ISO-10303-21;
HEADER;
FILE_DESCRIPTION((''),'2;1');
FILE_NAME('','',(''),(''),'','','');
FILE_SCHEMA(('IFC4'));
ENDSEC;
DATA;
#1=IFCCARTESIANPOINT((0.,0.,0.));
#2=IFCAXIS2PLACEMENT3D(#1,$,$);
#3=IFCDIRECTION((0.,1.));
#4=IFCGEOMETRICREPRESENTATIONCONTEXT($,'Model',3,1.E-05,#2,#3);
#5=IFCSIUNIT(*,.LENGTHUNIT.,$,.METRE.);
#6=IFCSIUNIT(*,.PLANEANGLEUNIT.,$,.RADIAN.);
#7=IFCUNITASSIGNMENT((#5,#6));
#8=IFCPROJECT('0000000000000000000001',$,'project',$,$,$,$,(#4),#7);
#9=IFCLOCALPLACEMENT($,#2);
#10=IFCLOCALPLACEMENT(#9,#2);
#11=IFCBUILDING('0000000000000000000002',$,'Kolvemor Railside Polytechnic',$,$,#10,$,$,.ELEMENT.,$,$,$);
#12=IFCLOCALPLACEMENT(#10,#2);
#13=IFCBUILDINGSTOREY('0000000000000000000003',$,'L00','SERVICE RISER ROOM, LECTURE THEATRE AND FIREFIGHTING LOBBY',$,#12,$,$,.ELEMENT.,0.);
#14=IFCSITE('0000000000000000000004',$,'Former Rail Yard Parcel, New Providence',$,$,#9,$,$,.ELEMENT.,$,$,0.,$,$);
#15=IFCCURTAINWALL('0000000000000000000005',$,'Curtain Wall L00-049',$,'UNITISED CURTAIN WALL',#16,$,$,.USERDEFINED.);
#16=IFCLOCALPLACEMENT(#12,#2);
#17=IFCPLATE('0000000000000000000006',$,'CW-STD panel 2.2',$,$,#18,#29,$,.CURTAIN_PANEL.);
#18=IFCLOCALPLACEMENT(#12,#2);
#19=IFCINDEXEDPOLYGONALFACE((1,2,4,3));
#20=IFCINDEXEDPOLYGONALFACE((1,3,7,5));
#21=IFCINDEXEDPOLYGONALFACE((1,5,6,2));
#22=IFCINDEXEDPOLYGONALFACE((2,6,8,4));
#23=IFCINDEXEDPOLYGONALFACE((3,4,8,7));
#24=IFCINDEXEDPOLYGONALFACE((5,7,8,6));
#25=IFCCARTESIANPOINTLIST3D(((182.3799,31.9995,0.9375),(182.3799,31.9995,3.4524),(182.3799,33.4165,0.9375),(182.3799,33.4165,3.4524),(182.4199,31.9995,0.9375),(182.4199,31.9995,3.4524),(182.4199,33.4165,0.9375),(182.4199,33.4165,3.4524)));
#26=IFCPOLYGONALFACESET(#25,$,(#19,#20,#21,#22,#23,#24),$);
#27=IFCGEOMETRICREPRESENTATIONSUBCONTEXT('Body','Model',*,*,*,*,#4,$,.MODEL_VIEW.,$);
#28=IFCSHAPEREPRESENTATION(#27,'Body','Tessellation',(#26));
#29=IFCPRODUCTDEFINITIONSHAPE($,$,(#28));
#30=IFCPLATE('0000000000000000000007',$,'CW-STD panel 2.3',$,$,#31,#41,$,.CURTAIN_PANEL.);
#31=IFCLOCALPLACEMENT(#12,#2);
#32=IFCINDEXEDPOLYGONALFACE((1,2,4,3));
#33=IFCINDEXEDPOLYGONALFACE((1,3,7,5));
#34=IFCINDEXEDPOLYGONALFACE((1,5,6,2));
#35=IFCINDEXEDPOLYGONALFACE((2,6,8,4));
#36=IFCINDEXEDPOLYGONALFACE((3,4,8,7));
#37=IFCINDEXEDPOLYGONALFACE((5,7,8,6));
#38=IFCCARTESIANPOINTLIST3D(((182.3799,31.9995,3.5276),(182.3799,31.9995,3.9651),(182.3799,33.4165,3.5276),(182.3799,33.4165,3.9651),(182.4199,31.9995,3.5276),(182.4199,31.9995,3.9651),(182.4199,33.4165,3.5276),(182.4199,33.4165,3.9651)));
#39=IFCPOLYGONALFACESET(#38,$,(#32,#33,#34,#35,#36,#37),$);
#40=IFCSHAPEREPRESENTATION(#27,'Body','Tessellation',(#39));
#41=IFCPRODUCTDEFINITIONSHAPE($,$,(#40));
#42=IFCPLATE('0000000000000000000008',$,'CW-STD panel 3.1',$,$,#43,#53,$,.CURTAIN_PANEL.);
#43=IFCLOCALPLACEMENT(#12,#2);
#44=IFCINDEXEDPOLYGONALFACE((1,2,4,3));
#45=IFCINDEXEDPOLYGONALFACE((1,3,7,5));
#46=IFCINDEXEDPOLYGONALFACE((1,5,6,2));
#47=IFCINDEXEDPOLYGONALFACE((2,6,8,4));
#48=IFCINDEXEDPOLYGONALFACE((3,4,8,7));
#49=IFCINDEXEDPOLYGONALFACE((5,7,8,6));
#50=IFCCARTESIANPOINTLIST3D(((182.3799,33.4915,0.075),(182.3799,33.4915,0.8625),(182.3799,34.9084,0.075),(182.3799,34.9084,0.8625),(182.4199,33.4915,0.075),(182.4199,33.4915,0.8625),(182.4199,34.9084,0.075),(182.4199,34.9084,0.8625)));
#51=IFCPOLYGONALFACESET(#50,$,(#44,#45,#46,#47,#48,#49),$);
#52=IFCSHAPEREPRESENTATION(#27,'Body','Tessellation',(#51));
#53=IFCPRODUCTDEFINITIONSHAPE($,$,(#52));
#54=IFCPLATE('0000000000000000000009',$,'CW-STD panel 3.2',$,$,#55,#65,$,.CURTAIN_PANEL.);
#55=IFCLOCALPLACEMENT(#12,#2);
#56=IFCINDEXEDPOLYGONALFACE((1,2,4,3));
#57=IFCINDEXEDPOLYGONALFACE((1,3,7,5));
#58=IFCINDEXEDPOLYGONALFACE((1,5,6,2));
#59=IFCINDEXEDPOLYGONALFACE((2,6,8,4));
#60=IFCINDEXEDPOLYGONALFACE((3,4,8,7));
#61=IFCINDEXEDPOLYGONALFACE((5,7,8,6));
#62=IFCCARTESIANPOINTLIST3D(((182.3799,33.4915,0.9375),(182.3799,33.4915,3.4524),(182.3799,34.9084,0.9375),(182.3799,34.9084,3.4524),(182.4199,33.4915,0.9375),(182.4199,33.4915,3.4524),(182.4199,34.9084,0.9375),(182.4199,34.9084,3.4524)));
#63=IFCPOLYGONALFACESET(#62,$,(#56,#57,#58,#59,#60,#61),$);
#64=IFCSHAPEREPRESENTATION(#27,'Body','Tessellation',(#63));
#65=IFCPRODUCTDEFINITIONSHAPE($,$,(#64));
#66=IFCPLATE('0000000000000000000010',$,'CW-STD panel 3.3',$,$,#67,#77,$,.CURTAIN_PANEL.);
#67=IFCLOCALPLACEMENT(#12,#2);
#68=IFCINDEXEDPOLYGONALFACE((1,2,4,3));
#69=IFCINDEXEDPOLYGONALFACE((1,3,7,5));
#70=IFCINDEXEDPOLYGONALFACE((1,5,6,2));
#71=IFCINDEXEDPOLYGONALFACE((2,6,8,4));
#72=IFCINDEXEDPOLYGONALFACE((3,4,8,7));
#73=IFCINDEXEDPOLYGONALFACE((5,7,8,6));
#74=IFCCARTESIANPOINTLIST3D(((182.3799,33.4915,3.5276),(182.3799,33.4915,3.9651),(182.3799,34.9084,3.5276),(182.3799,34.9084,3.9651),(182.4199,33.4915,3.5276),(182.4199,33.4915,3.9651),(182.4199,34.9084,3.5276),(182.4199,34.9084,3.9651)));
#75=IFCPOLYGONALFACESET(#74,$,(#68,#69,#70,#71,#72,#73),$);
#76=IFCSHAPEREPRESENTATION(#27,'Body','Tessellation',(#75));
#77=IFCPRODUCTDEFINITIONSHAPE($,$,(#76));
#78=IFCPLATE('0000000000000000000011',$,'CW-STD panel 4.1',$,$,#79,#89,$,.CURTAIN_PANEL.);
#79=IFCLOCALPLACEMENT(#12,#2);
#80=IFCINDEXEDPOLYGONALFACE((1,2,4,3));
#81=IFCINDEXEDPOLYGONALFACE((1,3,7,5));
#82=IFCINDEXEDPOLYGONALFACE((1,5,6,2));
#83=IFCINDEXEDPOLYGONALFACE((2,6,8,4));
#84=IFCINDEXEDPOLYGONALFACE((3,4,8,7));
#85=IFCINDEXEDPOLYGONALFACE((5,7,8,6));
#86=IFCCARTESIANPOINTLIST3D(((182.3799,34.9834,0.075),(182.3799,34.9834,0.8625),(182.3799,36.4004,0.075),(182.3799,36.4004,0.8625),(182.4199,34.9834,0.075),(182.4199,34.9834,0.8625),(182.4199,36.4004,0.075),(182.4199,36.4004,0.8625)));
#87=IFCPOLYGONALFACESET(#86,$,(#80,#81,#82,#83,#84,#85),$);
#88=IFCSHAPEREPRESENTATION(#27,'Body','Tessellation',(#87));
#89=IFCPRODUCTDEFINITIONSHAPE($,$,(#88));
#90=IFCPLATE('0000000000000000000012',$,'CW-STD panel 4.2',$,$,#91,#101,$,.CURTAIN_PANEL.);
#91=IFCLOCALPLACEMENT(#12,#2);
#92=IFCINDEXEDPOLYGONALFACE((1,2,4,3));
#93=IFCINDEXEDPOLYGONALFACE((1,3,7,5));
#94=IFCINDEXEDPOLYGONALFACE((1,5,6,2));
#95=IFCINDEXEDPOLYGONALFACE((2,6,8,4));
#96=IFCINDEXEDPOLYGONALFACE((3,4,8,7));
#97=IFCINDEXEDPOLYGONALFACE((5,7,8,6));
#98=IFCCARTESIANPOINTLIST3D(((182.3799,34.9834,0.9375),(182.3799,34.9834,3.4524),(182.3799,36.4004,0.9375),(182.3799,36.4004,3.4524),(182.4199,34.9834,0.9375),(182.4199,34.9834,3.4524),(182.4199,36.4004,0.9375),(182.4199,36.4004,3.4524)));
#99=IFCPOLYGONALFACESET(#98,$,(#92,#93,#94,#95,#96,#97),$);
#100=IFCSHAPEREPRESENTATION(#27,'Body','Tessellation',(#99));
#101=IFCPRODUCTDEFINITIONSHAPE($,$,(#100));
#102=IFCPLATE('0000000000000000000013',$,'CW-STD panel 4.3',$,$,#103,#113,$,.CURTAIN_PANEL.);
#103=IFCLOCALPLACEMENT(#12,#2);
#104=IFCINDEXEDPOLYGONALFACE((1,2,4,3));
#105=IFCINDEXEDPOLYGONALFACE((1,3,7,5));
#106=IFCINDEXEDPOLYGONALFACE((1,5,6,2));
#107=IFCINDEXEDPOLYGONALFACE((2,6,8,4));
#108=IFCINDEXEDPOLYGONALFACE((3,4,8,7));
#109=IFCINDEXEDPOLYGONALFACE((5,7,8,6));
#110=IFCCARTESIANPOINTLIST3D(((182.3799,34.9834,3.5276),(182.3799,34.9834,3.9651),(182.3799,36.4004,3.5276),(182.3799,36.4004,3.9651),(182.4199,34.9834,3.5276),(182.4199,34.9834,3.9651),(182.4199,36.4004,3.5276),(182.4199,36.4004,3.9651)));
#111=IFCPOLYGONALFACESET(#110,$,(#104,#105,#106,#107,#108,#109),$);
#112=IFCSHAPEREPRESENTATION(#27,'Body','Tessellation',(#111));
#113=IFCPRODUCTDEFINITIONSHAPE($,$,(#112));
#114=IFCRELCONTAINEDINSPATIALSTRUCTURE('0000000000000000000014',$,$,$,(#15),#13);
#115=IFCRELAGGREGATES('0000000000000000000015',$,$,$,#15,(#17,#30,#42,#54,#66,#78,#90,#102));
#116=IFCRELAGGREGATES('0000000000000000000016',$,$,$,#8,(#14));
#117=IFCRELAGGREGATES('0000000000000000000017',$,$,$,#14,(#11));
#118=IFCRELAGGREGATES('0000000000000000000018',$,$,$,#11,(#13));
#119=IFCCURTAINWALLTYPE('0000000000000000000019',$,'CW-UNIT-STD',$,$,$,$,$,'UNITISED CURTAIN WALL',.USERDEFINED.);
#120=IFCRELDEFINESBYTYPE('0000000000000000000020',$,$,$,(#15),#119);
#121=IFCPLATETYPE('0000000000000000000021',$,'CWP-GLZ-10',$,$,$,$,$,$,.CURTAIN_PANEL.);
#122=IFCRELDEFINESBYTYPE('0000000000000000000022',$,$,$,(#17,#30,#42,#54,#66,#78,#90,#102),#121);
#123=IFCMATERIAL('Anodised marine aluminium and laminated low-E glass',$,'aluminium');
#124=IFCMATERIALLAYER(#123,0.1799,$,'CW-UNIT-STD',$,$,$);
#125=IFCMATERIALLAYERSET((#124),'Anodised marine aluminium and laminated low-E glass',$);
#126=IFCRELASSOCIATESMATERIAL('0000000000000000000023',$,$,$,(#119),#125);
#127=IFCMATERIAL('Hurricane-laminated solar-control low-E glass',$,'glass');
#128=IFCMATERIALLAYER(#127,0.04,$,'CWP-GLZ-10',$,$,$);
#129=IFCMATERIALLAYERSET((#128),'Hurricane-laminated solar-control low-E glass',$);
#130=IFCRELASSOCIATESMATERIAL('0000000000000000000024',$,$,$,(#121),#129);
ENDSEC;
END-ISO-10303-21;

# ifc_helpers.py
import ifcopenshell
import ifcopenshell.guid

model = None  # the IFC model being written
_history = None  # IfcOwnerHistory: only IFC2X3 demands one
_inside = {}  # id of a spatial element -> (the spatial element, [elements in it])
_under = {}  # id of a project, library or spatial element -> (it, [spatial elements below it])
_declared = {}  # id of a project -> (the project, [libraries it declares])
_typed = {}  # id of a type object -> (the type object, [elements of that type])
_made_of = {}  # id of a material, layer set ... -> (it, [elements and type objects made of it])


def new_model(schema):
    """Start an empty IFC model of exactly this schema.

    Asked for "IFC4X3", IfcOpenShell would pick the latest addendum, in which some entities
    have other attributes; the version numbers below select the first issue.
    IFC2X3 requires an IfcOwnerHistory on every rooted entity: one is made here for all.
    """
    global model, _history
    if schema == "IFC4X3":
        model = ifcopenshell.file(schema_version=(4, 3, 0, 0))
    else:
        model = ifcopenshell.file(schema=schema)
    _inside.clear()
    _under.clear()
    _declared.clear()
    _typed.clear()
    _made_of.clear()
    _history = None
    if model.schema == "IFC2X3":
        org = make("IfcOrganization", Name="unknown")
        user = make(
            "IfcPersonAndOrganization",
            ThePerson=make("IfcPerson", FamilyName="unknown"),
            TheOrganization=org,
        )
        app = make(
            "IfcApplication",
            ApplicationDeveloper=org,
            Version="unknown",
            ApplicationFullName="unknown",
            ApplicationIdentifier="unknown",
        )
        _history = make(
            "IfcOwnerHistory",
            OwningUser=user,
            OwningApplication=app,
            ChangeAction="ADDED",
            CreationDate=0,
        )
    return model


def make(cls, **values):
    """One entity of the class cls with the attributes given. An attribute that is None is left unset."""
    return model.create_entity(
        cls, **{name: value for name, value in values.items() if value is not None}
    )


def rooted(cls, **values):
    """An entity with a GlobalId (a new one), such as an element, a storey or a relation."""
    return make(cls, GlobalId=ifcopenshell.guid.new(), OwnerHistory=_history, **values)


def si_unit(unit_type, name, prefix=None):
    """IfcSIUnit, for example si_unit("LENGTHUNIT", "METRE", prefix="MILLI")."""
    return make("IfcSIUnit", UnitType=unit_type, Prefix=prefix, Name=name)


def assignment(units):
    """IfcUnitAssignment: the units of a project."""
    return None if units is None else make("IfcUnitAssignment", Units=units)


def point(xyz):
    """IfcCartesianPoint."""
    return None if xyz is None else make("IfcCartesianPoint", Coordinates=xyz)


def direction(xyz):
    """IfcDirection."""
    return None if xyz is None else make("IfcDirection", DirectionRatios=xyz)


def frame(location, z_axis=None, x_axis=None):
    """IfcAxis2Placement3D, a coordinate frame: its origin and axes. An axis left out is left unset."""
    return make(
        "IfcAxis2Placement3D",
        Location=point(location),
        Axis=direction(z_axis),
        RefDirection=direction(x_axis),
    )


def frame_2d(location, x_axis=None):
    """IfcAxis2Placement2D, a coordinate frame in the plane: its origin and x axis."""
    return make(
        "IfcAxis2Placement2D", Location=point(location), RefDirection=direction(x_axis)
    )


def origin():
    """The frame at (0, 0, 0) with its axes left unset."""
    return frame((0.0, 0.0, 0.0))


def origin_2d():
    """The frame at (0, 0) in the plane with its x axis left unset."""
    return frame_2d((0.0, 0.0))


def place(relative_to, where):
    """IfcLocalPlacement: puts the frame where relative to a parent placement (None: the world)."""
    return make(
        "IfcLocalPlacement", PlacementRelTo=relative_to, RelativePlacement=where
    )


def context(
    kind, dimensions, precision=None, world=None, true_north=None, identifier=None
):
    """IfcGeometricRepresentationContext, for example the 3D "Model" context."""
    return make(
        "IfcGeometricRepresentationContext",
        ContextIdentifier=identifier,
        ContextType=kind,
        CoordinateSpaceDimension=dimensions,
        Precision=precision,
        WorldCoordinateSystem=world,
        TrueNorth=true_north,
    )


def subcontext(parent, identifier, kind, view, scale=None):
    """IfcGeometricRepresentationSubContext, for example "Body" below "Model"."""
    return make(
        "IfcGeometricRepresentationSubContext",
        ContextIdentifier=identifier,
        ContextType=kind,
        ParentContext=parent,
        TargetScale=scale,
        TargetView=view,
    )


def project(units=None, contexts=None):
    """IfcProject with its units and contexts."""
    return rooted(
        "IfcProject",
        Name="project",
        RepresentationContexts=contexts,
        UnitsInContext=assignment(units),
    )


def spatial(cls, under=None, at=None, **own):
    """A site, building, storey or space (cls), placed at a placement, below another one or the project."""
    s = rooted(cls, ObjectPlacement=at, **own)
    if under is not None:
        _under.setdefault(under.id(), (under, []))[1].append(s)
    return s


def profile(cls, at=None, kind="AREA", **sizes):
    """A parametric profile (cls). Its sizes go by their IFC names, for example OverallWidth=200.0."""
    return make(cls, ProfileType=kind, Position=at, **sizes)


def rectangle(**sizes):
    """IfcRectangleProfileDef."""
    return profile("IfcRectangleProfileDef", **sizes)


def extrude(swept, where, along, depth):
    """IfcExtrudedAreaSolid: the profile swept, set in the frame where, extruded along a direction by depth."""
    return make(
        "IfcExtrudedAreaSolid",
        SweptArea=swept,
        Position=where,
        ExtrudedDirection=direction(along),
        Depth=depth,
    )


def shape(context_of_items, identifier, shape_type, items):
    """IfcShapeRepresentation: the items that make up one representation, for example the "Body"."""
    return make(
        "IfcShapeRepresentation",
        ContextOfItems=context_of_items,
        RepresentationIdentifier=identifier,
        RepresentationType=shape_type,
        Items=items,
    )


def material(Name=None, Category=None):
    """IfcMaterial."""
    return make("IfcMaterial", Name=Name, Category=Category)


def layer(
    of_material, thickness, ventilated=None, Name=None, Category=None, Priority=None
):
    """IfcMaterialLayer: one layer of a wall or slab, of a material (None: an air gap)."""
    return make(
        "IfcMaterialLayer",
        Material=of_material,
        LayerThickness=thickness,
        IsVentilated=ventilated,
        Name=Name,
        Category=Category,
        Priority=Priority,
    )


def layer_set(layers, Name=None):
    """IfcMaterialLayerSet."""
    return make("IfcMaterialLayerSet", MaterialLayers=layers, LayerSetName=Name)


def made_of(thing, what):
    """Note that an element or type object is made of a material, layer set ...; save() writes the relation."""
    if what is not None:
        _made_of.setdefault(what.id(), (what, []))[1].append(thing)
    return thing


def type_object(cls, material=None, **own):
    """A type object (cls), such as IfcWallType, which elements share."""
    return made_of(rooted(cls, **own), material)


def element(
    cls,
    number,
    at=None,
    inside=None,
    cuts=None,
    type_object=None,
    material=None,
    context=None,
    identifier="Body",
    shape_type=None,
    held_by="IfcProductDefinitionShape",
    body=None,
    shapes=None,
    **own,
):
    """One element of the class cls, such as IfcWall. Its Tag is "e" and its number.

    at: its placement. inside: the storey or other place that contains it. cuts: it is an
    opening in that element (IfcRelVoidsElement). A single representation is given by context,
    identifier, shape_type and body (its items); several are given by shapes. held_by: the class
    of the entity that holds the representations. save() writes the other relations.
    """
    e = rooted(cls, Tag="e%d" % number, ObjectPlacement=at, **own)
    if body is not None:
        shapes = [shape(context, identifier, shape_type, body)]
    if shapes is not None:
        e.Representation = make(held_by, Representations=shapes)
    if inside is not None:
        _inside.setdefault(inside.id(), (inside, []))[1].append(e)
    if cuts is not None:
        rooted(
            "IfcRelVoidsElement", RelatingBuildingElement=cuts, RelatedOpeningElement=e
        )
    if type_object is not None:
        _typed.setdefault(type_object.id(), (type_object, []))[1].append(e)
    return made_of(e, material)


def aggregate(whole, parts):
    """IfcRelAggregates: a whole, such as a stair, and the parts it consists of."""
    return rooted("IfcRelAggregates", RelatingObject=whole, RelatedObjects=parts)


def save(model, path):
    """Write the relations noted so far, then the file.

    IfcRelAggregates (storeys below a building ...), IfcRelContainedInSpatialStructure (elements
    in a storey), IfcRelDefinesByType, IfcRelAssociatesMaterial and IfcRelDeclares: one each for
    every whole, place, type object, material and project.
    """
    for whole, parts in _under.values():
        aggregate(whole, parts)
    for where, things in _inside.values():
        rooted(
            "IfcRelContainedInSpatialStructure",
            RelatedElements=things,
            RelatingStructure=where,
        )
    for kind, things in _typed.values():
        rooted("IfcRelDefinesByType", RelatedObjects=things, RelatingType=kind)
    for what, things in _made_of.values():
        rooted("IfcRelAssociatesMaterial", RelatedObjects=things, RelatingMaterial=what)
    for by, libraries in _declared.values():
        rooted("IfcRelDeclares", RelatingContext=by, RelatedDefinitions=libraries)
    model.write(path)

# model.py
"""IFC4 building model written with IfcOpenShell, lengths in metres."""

from ifc_helpers import new_model, si_unit, direction, frame, origin, origin_2d, place, context, subcontext, project, spatial, rectangle, extrude, material, layer, layer_set, type_object, element, aggregate, save


model = new_model("IFC4")

# Units and contexts
model_context = context("Model", 3, precision=1e-05, world=origin(), true_north=direction((0.0, 1.0)))
body_context = subcontext(model_context, "Body", "Model", "MODEL_VIEW")
ifc_project = project(units=[si_unit("LENGTHUNIT", "METRE"), si_unit("PLANEANGLEUNIT", "RADIAN")], contexts=[model_context])

# Site, building, storey
site_placement = place(None, origin())
site = spatial("IfcSite", under=ifc_project, at=site_placement, Name="Former Rail Yard Parcel, New Providence", CompositionType="ELEMENT", RefElevation=0.0)
building_placement = place(site_placement, origin())
building = spatial("IfcBuilding", under=site, at=building_placement, Name="Kolvemor Railside Polytechnic", CompositionType="ELEMENT")
storey_placement = place(building_placement, origin())
storey = spatial("IfcBuildingStorey", under=building, at=storey_placement, Name="L00", Description="SERVICE RISER ROOM, LECTURE THEATRE AND FIREFIGHTING LOBBY", CompositionType="ELEMENT", Elevation=0.0)

# Curtain wall, plates
ifc_material_1 = material(Name="Anodised marine aluminium and laminated low-E glass", Category="aluminium")
ifc_layer_1 = layer(ifc_material_1, 0.1799, Name="CW-UNIT-STD")
ifc_layer_set_1 = layer_set([ifc_layer_1], Name="Anodised marine aluminium and laminated low-E glass")
curtain_wall_type = type_object("IfcCurtainWallType", Name="CW-UNIT-STD", ElementType="UNITISED CURTAIN WALL", PredefinedType="USERDEFINED", material=ifc_layer_set_1)
curtain_wall_placement = place(storey_placement, origin())
curtain_wall = element("IfcCurtainWall", 1, at=curtain_wall_placement, inside=storey, type_object=curtain_wall_type, Name="Curtain Wall L00-049", ObjectType="UNITISED CURTAIN WALL", PredefinedType="USERDEFINED")
ifc_material_2 = material(Name="Hurricane-laminated solar-control low-E glass", Category="glass")
ifc_layer_2 = layer(ifc_material_2, 0.04, Name="CWP-GLZ-10")
ifc_layer_set_2 = layer_set([ifc_layer_2], Name="Hurricane-laminated solar-control low-E glass")
plate_type = type_object("IfcPlateType", Name="CWP-GLZ-10", PredefinedType="CURTAIN_PANEL", material=ifc_layer_set_2)
plate_1_placement = place(storey_placement, frame((182.3999, 32.708, 0.9375), z_axis=(0.0, 0.0, 1.0), x_axis=(0.0, 1.0, 0.0)))
plate_1 = element("IfcPlate", 2, at=plate_1_placement, type_object=plate_type, Name="CW-STD panel 2.2", PredefinedType="CURTAIN_PANEL", context=body_context, shape_type="SweptSolid", body=[
    extrude(rectangle(XDim=1.417, YDim=0.04, at=origin_2d()), origin(), (0.0, 0.0, 1.0), 2.5149),
])
plate_2_placement = place(storey_placement, frame((182.3999, 32.708, 3.5276), z_axis=(0.0, 0.0, 1.0), x_axis=(0.0, 1.0, 0.0)))
plate_2 = element("IfcPlate", 3, at=plate_2_placement, type_object=plate_type, Name="CW-STD panel 2.3", PredefinedType="CURTAIN_PANEL", context=body_context, shape_type="SweptSolid", body=[
    extrude(rectangle(XDim=1.417, YDim=0.04, at=origin_2d()), origin(), (0.0, 0.0, 1.0), 0.4375),
])
plate_3_placement = place(storey_placement, frame((182.3999, 34.2, 0.075), z_axis=(0.0, 0.0, 1.0), x_axis=(0.0, 1.0, 0.0)))
plate_3 = element("IfcPlate", 4, at=plate_3_placement, type_object=plate_type, Name="CW-STD panel 3.1", PredefinedType="CURTAIN_PANEL", context=body_context, shape_type="SweptSolid", body=[
    extrude(rectangle(XDim=1.417, YDim=0.04, at=origin_2d()), origin(), (0.0, 0.0, 1.0), 0.7876),
])
plate_4_placement = place(storey_placement, frame((182.3999, 34.2, 0.9375), z_axis=(0.0, 0.0, 1.0), x_axis=(0.0, 1.0, 0.0)))
plate_4 = element("IfcPlate", 5, at=plate_4_placement, type_object=plate_type, Name="CW-STD panel 3.2", PredefinedType="CURTAIN_PANEL", context=body_context, shape_type="SweptSolid", body=[
    extrude(rectangle(XDim=1.417, YDim=0.04, at=origin_2d()), origin(), (0.0, 0.0, 1.0), 2.5149),
])
plate_5_placement = place(storey_placement, frame((182.3999, 34.2, 3.5276), z_axis=(0.0, 0.0, 1.0), x_axis=(0.0, 1.0, 0.0)))
plate_5 = element("IfcPlate", 6, at=plate_5_placement, type_object=plate_type, Name="CW-STD panel 3.3", PredefinedType="CURTAIN_PANEL", context=body_context, shape_type="SweptSolid", body=[
    extrude(rectangle(XDim=1.417, YDim=0.04, at=origin_2d()), origin(), (0.0, 0.0, 1.0), 0.4375),
])
plate_6_placement = place(storey_placement, frame((182.3999, 35.6919, 0.075), z_axis=(0.0, 0.0, 1.0), x_axis=(0.0, 1.0, 0.0)))
plate_6 = element("IfcPlate", 7, at=plate_6_placement, type_object=plate_type, Name="CW-STD panel 4.1", PredefinedType="CURTAIN_PANEL", context=body_context, shape_type="SweptSolid", body=[
    extrude(rectangle(XDim=1.417, YDim=0.04, at=origin_2d()), origin(), (0.0, 0.0, 1.0), 0.7876),
])
plate_7_placement = place(storey_placement, frame((182.3999, 35.6919, 0.9375), z_axis=(0.0, 0.0, 1.0), x_axis=(0.0, 1.0, 0.0)))
plate_7 = element("IfcPlate", 8, at=plate_7_placement, type_object=plate_type, Name="CW-STD panel 4.2", PredefinedType="CURTAIN_PANEL", context=body_context, shape_type="SweptSolid", body=[
    extrude(rectangle(XDim=1.417, YDim=0.04, at=origin_2d()), origin(), (0.0, 0.0, 1.0), 2.5149),
])
plate_8_placement = place(storey_placement, frame((182.3999, 35.6919, 3.5276), z_axis=(0.0, 0.0, 1.0), x_axis=(0.0, 1.0, 0.0)))
plate_8 = element("IfcPlate", 9, at=plate_8_placement, type_object=plate_type, Name="CW-STD panel 4.3", PredefinedType="CURTAIN_PANEL", context=body_context, shape_type="SweptSolid", body=[
    extrude(rectangle(XDim=1.417, YDim=0.04, at=origin_2d()), origin(), (0.0, 0.0, 1.0), 0.4375),
])
aggregate(curtain_wall, [plate_1, plate_2, plate_3, plate_4, plate_5, plate_6, plate_7, plate_8])

save(model, "model.ifc")
